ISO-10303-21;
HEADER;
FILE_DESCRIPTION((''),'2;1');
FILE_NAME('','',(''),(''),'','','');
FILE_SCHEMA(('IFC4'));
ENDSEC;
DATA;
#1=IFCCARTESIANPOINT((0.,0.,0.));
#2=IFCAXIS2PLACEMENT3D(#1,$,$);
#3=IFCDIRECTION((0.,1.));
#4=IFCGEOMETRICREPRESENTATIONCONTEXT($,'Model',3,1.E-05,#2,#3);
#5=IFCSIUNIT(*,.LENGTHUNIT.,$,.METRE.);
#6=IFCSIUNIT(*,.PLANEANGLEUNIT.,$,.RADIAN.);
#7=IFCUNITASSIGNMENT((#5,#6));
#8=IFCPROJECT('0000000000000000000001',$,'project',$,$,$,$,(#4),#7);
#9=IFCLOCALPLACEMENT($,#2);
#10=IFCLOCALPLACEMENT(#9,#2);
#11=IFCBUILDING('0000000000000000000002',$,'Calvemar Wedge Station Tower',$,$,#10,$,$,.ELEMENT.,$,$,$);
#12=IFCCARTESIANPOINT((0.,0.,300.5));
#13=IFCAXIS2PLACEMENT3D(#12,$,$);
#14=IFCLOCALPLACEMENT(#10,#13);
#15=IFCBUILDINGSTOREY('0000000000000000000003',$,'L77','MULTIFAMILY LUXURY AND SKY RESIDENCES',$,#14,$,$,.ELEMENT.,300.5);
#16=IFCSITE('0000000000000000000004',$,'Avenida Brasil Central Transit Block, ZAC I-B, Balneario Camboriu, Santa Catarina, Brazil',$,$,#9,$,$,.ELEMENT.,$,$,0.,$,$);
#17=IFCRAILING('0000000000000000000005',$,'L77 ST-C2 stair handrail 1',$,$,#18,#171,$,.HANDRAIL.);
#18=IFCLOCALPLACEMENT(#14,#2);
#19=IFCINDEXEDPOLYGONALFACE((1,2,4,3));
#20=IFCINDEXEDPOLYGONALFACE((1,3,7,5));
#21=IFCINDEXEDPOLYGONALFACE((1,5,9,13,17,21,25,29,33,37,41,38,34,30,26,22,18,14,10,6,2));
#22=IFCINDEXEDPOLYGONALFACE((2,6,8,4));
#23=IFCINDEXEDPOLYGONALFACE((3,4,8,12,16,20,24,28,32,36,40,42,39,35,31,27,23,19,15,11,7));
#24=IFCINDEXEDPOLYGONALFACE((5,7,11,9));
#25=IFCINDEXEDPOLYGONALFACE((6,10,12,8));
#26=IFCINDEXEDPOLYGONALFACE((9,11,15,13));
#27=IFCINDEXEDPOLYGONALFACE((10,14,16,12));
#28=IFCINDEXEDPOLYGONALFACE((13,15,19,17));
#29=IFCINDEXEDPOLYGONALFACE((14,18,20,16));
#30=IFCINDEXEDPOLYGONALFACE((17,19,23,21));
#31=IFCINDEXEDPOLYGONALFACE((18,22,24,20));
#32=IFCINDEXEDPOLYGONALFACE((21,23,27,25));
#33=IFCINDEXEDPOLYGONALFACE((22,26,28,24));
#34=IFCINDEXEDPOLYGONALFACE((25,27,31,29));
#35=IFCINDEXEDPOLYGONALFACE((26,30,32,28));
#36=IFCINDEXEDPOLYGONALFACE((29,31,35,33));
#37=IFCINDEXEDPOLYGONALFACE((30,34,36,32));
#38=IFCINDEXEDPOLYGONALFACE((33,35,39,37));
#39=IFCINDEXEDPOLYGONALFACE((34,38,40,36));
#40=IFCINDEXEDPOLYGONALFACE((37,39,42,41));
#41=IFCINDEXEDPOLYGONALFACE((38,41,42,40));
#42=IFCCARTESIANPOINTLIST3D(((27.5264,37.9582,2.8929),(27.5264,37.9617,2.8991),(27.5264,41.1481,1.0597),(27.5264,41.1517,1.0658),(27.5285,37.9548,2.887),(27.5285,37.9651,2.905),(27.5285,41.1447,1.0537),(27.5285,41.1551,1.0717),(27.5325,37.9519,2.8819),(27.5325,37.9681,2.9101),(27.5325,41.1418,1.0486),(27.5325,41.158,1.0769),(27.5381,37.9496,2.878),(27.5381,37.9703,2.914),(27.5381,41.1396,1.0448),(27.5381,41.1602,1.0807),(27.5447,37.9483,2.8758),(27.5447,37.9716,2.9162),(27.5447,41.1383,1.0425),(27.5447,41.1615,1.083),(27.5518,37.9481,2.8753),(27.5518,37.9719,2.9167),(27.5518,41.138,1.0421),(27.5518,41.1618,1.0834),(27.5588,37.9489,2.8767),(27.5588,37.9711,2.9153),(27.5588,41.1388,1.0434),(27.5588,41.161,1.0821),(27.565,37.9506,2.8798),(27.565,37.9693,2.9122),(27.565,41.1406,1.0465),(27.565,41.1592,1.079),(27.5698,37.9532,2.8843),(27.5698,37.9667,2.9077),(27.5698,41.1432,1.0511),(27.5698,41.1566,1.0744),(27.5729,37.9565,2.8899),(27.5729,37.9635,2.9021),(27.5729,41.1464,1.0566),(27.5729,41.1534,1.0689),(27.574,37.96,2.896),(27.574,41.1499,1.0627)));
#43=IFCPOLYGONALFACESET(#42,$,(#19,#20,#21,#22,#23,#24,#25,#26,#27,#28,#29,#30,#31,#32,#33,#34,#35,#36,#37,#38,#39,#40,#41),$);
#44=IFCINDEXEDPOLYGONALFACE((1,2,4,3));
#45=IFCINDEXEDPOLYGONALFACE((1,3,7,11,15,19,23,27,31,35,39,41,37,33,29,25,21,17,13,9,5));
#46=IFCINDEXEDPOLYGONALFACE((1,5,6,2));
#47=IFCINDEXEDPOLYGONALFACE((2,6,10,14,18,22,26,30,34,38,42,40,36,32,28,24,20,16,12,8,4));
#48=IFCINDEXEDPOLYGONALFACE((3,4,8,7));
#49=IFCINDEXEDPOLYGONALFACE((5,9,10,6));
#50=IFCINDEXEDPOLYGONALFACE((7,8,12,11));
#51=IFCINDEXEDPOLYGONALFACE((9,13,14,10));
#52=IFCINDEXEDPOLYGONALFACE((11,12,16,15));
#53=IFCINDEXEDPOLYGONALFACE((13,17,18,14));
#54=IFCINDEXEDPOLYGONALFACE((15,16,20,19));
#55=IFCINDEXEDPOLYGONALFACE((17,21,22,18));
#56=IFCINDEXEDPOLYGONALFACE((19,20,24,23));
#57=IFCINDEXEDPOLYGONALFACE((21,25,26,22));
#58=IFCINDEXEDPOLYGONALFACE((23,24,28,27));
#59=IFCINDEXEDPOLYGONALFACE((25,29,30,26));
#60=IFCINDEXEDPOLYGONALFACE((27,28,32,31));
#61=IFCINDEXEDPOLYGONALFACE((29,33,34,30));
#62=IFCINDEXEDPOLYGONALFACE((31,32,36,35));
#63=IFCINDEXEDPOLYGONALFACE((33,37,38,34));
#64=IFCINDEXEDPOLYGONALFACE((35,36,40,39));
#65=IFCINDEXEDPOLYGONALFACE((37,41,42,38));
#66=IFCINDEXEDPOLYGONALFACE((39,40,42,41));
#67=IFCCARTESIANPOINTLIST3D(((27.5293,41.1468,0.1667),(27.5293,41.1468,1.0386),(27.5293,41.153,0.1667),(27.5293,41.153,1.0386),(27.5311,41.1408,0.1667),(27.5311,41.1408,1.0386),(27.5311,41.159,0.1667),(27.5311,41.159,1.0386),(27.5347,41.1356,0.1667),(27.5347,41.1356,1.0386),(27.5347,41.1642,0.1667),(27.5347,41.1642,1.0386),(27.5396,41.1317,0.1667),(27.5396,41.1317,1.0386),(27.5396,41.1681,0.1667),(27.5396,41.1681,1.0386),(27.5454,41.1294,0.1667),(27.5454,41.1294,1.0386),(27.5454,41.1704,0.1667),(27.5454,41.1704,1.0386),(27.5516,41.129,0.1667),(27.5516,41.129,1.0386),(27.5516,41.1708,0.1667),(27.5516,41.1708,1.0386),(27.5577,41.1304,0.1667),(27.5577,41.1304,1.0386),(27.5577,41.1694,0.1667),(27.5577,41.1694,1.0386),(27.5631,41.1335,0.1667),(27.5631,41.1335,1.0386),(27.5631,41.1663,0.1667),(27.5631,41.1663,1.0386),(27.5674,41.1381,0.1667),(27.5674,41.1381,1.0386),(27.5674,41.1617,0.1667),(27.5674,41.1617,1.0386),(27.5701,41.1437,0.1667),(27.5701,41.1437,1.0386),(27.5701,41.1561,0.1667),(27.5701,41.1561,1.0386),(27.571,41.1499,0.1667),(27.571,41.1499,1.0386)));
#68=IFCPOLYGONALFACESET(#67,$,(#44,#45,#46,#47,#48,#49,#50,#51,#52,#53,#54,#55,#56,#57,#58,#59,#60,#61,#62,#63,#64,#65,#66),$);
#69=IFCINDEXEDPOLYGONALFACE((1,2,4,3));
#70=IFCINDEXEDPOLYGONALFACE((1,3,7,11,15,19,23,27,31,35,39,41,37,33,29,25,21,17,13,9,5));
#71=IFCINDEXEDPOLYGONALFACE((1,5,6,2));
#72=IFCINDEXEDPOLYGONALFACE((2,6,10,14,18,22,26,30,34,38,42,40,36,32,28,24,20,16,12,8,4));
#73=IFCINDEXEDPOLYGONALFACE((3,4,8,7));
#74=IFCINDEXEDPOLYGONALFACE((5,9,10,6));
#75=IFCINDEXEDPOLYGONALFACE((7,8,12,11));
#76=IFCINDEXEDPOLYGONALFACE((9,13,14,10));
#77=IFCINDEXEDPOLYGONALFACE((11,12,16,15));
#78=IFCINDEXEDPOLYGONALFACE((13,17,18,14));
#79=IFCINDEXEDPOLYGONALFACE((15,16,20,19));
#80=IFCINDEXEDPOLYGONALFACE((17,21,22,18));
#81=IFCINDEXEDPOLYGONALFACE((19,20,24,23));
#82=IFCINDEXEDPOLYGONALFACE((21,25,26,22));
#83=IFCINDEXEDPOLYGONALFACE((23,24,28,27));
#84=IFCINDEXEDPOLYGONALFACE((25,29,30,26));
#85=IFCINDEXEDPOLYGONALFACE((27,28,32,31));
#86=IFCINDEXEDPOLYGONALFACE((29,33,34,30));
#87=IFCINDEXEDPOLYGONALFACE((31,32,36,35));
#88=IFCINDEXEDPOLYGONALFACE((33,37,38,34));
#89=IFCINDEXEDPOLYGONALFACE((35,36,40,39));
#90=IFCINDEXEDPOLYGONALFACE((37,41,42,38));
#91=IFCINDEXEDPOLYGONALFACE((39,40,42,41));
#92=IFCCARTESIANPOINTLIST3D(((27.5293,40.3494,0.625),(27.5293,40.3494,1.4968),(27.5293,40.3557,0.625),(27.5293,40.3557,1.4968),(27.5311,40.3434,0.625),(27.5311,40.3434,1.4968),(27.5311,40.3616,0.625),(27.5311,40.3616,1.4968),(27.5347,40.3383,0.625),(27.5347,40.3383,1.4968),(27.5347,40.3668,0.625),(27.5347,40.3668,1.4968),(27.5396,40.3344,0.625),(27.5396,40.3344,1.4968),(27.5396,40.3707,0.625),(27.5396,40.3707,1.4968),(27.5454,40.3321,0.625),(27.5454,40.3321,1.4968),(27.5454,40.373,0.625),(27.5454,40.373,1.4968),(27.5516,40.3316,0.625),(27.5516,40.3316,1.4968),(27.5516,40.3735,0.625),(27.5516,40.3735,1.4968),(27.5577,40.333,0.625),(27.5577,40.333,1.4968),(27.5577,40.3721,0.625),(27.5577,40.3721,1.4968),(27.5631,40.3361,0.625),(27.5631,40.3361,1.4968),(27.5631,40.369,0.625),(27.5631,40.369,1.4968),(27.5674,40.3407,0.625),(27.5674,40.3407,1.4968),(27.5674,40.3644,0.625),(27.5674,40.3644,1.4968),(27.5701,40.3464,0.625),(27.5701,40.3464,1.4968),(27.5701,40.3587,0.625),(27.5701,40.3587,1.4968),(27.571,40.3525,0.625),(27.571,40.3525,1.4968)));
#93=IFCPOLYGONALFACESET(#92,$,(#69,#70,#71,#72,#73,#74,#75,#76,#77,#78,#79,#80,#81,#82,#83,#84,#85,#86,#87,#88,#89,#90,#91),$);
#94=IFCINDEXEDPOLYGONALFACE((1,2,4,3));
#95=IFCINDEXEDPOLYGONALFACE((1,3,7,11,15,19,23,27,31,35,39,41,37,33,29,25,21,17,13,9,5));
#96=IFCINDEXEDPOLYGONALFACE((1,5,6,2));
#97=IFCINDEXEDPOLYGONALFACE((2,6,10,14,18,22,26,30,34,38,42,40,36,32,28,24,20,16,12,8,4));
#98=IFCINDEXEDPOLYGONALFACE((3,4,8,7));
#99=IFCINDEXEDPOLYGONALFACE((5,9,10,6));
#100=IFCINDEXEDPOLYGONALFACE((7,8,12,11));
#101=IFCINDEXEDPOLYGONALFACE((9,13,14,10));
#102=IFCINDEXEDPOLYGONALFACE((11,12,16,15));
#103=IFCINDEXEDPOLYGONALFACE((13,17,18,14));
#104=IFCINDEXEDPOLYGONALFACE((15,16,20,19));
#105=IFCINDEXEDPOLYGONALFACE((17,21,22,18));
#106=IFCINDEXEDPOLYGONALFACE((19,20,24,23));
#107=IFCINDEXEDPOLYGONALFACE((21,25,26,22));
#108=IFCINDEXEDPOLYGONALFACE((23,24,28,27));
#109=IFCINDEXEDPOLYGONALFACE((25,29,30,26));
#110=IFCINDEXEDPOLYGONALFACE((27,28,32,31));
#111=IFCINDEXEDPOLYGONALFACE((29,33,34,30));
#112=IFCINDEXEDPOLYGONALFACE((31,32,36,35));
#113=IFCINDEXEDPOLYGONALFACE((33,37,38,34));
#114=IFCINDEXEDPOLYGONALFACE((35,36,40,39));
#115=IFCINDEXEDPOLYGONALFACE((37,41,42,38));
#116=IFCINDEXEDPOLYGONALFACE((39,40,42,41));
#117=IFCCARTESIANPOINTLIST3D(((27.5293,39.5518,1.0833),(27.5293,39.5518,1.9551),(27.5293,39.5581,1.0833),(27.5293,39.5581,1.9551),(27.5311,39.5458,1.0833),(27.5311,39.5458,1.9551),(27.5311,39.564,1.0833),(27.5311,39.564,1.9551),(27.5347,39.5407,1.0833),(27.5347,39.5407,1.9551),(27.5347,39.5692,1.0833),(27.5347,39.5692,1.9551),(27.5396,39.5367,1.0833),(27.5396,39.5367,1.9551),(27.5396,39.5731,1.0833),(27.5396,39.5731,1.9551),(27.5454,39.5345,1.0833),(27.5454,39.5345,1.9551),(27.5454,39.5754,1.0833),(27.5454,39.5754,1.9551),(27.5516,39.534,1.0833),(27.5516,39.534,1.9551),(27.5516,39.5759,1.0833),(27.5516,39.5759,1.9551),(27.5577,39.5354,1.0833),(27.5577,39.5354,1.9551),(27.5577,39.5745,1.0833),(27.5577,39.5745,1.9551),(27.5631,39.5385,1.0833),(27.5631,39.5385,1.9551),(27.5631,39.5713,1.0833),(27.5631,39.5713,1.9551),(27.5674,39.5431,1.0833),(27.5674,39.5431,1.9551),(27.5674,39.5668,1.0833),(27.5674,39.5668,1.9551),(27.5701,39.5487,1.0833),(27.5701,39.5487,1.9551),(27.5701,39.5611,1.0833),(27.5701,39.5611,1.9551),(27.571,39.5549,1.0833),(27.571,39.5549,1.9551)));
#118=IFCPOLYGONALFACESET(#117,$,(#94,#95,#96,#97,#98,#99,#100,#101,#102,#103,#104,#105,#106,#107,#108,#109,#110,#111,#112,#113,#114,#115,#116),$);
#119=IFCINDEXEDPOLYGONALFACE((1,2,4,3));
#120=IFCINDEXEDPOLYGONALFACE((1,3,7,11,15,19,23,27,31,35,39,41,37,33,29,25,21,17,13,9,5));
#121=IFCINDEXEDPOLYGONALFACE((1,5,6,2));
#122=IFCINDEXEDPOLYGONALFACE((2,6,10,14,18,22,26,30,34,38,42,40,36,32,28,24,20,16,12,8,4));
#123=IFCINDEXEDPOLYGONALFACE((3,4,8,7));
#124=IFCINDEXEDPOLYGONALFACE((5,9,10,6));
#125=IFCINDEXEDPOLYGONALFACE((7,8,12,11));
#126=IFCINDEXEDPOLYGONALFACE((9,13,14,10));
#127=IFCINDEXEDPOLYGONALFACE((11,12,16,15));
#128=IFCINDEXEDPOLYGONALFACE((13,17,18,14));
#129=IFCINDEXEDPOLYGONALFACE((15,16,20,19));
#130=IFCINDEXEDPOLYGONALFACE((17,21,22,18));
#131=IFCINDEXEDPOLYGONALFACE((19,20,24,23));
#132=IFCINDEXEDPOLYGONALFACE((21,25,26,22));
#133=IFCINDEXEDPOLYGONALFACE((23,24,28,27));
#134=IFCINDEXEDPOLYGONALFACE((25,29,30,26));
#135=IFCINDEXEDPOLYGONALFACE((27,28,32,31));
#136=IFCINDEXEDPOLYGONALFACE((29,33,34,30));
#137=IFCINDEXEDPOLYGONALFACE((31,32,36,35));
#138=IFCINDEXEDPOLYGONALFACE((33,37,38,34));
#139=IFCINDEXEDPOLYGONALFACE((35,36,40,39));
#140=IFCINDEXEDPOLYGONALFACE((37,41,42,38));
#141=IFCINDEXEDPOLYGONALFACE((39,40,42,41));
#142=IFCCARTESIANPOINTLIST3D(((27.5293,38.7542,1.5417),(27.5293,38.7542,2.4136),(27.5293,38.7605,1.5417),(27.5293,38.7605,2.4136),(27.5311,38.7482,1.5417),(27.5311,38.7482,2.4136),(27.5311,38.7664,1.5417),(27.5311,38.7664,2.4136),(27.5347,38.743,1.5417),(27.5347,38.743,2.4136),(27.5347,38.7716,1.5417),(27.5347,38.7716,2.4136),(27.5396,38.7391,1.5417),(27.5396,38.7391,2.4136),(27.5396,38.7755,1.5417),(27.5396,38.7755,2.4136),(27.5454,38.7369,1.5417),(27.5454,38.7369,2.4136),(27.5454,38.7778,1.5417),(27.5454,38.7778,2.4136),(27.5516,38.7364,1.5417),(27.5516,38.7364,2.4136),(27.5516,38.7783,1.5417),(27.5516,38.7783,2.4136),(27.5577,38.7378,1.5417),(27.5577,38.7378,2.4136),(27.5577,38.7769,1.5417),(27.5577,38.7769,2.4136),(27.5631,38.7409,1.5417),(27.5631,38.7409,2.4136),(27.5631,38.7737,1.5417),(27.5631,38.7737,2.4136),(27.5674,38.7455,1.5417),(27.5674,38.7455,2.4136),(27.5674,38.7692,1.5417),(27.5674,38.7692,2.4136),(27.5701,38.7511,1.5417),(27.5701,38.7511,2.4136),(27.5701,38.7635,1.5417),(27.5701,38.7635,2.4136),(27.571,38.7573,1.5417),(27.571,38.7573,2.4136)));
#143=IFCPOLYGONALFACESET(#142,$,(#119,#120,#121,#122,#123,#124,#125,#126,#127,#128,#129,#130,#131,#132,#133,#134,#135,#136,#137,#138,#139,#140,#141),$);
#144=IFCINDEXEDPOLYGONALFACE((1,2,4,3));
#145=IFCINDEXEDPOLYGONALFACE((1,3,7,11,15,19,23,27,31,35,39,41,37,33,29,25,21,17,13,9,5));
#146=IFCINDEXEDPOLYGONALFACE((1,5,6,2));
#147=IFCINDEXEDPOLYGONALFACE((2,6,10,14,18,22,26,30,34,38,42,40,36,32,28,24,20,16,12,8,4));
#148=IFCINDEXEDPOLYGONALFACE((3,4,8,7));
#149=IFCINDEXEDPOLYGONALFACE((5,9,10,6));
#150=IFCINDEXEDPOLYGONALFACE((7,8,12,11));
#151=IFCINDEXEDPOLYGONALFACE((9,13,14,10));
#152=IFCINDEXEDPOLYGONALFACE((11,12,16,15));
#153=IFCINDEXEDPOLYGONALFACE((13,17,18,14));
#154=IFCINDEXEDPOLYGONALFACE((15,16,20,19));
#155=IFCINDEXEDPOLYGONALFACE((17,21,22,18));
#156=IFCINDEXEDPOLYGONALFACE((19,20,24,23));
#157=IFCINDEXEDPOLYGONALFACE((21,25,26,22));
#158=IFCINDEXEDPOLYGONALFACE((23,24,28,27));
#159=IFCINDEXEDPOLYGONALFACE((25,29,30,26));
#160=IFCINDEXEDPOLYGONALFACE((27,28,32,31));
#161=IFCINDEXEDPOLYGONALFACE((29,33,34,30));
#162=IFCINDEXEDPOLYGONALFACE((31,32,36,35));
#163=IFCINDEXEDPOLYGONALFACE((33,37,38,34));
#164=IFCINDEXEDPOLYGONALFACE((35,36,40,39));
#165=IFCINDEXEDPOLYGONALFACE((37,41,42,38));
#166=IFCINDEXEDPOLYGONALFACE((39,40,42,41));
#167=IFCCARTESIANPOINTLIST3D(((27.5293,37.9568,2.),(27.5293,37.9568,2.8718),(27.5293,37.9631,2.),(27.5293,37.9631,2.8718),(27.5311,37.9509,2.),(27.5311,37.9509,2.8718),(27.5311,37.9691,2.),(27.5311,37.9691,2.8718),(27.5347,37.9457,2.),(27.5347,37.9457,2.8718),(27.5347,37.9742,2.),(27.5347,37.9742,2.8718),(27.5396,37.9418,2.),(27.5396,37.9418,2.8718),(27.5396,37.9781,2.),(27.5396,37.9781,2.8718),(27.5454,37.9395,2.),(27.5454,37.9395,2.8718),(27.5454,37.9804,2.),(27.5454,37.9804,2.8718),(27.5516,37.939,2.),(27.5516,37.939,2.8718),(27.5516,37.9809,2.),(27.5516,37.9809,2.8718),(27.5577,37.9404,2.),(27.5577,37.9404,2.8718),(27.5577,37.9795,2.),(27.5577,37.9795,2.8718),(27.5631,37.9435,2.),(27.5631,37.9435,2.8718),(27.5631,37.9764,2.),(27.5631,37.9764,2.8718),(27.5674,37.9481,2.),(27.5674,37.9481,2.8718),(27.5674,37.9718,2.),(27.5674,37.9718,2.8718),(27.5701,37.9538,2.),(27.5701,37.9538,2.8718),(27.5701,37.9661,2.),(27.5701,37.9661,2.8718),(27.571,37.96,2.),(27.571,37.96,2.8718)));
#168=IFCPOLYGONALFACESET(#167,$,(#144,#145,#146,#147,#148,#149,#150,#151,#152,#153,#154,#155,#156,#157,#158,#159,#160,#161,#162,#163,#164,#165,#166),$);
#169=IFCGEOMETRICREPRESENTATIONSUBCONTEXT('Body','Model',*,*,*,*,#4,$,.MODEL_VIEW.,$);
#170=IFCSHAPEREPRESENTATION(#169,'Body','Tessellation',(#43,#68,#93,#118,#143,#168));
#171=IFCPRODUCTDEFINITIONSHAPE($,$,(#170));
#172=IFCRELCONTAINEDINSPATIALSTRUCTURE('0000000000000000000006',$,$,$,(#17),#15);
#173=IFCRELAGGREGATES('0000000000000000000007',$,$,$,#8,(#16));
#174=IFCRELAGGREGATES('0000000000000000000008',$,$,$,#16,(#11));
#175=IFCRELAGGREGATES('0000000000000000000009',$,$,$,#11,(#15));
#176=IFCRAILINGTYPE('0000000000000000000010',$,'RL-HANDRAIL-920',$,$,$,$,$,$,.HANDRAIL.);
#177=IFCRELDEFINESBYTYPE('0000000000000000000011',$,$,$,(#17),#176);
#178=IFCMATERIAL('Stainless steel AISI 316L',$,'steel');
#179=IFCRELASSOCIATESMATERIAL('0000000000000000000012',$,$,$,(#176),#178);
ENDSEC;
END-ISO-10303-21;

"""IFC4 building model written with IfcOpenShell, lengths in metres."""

from ifc_helpers import new_model, si_unit, direction, frame, origin, origin_2d, place, context, subcontext, project, spatial, circle, extrude, material, type_object, element, save


model = new_model("IFC4")

# Units and contexts
model_context = context("Model", 3, precision=1e-05, world=origin(), true_north=direction((0.0, 1.0)))
body_context = subcontext(model_context, "Body", "Model", "MODEL_VIEW")
ifc_project = project(units=[si_unit("LENGTHUNIT", "METRE"), si_unit("PLANEANGLEUNIT", "RADIAN")], contexts=[model_context])

# Site, building, storey
site_placement = place(None, origin())
site = spatial("IfcSite", under=ifc_project, at=site_placement, Name="Avenida Brasil Central Transit Block, ZAC I-B, Balneario Camboriu, Santa Catarina, Brazil", CompositionType="ELEMENT", RefElevation=0.0)
building_placement = place(site_placement, origin())
building = spatial("IfcBuilding", under=site, at=building_placement, Name="Calvemar Wedge Station Tower", CompositionType="ELEMENT")
storey_placement = place(building_placement, frame((0.0, 0.0, 300.5)))
storey = spatial("IfcBuildingStorey", under=building, at=storey_placement, Name="L77", Description="MULTIFAMILY LUXURY AND SKY RESIDENCES", CompositionType="ELEMENT", Elevation=300.5)

# Railing
ifc_material_1 = material(Name="Stainless steel AISI 316L", Category="steel")
railing_type_1 = type_object("IfcRailingType", Name="RL-HANDRAIL-920", PredefinedType="HANDRAIL", material=ifc_material_1)
railing_1_placement = place(storey_placement, frame((27.55, 41.1499, 0.1667)))
element("IfcRailing", 1, at=railing_1_placement, inside=storey, type_object=railing_type_1, Name="L77 ST-C2 stair handrail 1", PredefinedType="HANDRAIL", context=body_context, shape_type="SweptSolid", body=[
    extrude(circle(Radius=0.0239, at=origin_2d()), frame((0.0, 0.0, 0.896), z_axis=(0.0, -0.86702, 0.498274), x_axis=(1.0, 0.0, 0.0)), (0.0, 0.0, 1.0), 3.6792),
    extrude(circle(Radius=0.021, at=origin_2d()), origin(), (0.0, 0.0, 1.0), 0.8718),
    extrude(circle(Radius=0.021, at=origin_2d()), frame((0.0, -0.7974, 0.4583)), (0.0, 0.0, 1.0), 0.8718),
    extrude(circle(Radius=0.021, at=origin_2d()), frame((0.0, -1.595, 0.9165)), (0.0, 0.0, 1.0), 0.8718),
    extrude(circle(Radius=0.021, at=origin_2d()), frame((0.0, -2.3926, 1.375)), (0.0, 0.0, 1.0), 0.8718),
    extrude(circle(Radius=0.021, at=origin_2d()), frame((0.0, -3.1899, 1.8333)), (0.0, 0.0, 1.0), 0.8718),
])

save(model, "model.ifc")
